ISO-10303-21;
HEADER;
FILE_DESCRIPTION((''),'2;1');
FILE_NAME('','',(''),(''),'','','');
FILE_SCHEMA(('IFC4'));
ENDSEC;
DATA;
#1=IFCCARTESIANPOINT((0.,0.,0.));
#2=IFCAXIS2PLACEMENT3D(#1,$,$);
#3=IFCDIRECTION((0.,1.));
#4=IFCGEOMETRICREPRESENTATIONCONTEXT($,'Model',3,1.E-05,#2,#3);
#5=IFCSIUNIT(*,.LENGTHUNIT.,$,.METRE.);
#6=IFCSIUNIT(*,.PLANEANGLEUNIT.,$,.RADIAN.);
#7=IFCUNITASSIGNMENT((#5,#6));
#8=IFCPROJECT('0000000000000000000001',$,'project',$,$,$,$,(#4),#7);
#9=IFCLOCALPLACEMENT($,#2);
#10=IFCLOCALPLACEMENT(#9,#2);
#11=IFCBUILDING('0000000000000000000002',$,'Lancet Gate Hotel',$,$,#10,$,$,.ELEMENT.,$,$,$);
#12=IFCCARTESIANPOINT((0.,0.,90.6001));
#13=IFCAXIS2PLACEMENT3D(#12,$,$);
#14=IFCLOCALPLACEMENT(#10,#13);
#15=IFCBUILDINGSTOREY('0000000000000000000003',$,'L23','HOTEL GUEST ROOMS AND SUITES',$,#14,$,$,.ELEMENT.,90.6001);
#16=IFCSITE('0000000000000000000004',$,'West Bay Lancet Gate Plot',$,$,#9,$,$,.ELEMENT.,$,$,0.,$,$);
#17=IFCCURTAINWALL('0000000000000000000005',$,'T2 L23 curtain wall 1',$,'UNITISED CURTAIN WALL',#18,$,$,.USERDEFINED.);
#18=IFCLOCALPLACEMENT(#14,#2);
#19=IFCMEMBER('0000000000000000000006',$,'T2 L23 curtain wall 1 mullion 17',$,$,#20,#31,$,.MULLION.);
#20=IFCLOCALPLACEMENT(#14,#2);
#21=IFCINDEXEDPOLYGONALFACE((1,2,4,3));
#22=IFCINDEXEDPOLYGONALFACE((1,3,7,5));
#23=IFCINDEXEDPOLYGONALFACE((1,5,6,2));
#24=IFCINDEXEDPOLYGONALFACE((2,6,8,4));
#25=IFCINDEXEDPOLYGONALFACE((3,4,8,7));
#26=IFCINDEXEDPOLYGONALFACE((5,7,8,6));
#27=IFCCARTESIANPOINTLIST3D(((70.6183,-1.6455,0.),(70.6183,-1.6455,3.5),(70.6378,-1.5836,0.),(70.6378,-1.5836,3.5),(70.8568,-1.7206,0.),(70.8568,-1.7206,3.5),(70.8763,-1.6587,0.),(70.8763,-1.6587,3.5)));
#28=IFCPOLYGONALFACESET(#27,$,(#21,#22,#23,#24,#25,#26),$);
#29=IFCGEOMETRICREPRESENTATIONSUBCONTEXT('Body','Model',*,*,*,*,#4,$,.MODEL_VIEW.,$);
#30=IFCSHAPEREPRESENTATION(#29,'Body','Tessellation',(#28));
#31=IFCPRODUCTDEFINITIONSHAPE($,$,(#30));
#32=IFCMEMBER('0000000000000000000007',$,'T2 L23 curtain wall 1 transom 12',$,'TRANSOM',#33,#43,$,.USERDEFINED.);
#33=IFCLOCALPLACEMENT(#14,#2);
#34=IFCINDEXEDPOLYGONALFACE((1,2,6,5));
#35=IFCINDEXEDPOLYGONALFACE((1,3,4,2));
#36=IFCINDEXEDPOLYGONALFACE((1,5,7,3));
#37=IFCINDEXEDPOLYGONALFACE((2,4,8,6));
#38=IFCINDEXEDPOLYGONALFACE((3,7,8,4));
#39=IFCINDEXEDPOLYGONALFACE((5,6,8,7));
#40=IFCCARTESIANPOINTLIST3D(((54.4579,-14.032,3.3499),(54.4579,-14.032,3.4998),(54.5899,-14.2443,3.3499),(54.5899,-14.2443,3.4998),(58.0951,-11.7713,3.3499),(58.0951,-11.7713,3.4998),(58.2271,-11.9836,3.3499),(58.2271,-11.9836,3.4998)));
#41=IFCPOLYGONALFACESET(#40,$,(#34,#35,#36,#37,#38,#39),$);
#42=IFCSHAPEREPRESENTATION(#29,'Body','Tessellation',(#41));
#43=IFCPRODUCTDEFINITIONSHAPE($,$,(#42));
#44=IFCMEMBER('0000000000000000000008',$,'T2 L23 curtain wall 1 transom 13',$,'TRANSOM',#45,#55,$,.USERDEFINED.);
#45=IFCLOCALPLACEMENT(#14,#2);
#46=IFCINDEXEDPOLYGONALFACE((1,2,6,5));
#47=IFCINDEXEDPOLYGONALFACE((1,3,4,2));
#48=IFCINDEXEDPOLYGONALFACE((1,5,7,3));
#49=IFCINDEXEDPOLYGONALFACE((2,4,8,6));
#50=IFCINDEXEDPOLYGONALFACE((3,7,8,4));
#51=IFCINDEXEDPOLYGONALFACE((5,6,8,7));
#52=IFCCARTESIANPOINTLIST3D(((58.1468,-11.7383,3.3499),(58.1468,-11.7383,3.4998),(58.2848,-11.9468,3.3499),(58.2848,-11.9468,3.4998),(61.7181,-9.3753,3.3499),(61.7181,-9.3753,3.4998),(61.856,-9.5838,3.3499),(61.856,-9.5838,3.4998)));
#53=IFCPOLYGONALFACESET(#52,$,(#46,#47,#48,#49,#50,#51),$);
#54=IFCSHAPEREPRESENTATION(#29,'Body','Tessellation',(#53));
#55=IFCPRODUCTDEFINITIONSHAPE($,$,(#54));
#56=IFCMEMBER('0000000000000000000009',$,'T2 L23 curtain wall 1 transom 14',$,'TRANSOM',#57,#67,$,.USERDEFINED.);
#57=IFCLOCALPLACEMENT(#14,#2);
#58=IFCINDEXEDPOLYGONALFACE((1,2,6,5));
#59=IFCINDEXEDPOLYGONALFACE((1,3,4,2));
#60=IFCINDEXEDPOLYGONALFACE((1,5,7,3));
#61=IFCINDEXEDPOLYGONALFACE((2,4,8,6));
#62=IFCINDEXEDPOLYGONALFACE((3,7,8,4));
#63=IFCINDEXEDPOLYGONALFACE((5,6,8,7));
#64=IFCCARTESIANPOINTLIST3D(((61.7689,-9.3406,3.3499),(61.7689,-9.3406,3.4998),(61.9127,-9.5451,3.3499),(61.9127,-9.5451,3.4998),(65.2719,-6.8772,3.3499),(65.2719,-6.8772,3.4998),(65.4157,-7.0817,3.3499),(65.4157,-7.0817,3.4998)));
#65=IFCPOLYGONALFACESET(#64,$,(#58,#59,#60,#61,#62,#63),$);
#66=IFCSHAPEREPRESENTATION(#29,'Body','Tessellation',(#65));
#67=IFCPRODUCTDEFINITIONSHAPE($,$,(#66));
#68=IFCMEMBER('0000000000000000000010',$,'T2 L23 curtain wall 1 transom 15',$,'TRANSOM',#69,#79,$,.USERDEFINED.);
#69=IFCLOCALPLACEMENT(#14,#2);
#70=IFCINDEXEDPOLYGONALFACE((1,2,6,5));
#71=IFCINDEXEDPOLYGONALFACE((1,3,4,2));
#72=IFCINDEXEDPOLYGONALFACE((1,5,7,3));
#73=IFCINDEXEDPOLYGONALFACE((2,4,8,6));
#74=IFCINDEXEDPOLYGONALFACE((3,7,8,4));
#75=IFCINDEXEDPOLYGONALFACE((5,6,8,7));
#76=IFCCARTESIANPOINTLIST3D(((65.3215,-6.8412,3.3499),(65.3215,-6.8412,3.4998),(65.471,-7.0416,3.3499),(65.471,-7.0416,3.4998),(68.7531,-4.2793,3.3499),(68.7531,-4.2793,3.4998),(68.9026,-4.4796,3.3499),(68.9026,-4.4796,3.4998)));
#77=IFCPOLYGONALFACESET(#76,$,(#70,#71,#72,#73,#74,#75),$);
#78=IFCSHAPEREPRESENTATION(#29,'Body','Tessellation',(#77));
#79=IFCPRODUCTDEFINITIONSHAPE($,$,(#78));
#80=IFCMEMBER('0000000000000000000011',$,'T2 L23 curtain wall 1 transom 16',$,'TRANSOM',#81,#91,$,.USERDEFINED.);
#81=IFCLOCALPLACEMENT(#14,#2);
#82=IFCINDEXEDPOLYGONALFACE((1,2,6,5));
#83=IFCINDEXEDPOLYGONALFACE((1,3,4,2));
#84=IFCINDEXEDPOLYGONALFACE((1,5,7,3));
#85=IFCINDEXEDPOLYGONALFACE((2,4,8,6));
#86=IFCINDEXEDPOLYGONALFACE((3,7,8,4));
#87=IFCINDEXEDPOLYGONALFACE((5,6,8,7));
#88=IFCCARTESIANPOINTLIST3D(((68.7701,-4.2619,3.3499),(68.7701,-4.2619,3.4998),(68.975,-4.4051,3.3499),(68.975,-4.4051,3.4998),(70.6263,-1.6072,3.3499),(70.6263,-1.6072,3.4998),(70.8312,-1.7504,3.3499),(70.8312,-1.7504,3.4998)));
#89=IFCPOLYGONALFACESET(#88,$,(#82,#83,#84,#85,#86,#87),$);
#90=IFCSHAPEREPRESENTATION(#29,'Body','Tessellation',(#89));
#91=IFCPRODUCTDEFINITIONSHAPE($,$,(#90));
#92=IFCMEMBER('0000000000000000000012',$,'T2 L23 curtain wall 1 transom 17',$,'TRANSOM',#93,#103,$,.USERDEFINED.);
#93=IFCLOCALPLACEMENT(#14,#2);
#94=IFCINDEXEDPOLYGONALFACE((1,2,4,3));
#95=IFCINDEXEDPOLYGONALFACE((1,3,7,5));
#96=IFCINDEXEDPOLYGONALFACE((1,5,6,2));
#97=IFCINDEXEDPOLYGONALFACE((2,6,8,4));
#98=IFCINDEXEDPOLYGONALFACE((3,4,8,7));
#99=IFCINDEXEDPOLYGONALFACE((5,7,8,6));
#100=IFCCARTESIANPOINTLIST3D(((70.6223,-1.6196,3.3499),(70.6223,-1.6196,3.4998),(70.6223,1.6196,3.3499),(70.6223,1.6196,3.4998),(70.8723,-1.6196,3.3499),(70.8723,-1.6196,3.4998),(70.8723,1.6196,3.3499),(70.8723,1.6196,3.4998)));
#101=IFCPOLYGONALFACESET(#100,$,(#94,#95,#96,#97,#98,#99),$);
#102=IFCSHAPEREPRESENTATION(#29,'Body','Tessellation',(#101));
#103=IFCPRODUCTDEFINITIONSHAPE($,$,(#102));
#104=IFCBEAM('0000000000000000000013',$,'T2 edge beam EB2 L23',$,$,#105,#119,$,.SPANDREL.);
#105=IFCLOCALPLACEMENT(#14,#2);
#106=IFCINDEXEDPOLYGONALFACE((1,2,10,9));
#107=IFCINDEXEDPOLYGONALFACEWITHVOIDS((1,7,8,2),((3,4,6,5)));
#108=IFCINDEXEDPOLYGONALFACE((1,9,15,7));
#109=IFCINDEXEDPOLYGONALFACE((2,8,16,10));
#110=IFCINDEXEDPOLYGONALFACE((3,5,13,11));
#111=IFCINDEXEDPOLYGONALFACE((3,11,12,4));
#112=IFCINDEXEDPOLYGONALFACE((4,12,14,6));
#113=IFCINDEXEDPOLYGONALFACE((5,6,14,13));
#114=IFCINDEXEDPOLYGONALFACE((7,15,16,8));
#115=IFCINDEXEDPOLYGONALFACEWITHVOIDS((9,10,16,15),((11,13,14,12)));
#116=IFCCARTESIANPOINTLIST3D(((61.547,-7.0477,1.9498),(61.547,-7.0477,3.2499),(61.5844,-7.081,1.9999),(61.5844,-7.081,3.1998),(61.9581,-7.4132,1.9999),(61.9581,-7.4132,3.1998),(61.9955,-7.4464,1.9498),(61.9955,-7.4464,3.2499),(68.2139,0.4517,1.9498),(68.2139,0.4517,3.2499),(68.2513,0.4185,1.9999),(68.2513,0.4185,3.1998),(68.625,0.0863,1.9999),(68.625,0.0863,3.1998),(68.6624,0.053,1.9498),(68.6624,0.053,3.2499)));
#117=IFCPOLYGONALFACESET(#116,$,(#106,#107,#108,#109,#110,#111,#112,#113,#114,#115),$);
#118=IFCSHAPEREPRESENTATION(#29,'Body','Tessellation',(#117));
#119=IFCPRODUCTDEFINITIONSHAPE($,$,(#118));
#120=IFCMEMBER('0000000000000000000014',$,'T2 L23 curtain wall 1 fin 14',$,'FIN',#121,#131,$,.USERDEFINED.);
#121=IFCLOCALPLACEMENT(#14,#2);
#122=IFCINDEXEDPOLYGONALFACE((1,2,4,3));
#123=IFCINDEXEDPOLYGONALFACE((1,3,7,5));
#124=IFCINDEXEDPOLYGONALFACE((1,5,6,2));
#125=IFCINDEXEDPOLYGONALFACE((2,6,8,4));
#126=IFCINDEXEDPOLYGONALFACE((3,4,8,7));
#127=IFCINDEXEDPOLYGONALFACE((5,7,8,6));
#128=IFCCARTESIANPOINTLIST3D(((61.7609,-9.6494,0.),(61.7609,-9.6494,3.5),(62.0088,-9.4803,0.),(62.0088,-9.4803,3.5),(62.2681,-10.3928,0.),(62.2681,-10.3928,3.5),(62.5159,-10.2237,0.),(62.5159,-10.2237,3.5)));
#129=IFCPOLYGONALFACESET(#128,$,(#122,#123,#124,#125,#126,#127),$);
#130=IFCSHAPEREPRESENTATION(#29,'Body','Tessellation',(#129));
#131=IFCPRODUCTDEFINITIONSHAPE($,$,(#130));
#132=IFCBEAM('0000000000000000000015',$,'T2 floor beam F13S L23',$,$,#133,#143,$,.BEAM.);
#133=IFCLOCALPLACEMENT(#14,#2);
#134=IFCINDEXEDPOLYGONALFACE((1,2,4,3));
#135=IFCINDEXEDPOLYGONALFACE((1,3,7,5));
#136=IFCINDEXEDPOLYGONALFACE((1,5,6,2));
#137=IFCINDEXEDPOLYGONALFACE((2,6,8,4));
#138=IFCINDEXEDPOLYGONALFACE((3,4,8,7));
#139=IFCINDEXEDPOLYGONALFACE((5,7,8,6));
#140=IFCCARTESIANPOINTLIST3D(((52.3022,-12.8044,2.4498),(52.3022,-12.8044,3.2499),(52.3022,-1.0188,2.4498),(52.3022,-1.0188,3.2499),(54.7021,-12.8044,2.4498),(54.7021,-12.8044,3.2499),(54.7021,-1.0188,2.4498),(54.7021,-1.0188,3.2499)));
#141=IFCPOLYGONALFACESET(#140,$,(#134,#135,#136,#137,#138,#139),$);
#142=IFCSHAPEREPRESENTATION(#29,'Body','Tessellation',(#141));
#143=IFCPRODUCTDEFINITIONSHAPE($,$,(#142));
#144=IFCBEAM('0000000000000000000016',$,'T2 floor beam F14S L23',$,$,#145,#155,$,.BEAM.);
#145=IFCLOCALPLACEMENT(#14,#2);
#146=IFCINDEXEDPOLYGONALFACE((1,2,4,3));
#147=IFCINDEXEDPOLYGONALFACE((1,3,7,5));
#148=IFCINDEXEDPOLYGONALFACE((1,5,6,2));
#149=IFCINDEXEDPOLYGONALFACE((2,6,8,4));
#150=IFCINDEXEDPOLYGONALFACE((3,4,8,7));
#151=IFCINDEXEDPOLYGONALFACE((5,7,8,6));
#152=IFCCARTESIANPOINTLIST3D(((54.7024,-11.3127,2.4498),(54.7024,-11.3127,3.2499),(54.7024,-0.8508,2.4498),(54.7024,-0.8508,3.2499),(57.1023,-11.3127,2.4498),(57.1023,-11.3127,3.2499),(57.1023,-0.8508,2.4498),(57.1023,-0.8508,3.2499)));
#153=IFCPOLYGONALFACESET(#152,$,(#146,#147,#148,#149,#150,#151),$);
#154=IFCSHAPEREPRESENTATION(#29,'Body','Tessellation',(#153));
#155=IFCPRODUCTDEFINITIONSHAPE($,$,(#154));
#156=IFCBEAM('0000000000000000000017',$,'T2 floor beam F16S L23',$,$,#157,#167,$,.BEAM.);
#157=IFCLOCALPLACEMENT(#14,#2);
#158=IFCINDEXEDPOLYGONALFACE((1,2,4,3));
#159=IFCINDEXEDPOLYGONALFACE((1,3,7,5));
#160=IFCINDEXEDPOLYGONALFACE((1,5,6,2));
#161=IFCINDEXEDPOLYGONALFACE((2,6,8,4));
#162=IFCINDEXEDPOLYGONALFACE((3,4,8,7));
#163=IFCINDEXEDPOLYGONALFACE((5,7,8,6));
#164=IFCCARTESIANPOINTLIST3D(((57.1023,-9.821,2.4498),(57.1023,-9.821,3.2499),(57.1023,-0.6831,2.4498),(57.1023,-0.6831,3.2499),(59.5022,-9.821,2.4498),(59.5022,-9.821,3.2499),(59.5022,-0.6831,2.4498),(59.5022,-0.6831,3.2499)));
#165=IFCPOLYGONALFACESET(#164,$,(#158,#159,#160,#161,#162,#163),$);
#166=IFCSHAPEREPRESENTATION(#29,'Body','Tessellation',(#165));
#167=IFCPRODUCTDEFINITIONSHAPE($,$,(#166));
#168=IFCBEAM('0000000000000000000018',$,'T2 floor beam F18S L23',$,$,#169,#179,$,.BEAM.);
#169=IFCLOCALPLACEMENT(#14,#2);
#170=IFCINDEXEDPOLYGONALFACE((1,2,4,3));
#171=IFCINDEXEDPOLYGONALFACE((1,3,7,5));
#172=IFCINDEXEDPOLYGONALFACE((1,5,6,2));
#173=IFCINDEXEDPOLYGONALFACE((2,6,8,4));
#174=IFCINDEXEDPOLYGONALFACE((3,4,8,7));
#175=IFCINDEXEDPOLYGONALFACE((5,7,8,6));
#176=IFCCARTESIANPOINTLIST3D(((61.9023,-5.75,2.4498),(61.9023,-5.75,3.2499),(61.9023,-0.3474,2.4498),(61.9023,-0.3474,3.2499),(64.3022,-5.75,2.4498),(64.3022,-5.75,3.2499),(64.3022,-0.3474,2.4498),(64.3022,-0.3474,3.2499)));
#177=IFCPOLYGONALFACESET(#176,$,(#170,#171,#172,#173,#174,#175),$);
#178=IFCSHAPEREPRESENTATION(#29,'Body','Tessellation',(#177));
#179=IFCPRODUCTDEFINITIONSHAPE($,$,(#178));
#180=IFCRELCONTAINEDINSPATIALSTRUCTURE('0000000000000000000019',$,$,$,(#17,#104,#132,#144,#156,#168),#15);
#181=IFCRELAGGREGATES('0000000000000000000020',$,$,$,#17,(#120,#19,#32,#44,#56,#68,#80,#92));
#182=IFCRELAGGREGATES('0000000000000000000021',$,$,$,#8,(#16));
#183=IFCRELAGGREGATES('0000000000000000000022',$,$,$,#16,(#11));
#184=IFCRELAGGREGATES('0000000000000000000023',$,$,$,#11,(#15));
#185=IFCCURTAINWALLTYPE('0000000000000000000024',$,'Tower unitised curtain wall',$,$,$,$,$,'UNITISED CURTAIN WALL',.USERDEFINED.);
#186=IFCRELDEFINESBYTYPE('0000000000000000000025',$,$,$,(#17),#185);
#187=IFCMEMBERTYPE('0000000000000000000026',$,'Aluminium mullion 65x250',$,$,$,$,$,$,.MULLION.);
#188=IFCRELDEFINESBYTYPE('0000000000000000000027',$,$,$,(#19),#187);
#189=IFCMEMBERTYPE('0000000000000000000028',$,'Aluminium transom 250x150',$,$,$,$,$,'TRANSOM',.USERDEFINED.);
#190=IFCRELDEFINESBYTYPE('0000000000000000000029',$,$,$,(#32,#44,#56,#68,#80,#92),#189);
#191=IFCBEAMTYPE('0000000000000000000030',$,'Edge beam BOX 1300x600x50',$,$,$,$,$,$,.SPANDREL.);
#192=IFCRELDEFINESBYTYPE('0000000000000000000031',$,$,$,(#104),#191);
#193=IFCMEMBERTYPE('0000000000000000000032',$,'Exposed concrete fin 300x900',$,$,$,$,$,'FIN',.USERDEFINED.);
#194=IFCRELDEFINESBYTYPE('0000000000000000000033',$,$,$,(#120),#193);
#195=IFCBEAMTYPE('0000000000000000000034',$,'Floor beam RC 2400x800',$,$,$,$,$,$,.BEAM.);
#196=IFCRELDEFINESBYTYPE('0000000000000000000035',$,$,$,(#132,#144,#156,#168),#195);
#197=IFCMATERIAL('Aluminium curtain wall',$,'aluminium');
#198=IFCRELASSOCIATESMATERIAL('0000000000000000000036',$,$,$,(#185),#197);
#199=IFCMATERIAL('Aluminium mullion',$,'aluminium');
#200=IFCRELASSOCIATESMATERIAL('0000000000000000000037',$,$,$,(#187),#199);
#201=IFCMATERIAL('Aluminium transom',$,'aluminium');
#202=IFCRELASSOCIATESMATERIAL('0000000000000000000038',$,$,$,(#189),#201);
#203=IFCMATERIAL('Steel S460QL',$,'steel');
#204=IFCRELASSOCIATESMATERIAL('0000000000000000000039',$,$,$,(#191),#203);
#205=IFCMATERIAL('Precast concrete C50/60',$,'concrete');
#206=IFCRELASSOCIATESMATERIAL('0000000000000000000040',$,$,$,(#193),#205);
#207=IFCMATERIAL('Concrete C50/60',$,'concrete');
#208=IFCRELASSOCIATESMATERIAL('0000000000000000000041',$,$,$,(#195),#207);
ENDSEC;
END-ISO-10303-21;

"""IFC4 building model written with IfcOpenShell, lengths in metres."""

from ifc_helpers import new_model, si_unit, direction, frame, origin, origin_2d, place, context, subcontext, project, spatial, rectangle, hollow_rectangle, extrude, material, material_profile, profile_set, type_object, element, aggregate, save


model = new_model("IFC4")

# Units and contexts
model_context = context("Model", 3, precision=1e-05, world=origin(), true_north=direction((0.0, 1.0)))
body_context = subcontext(model_context, "Body", "Model", "MODEL_VIEW")
ifc_project = project(units=[si_unit("LENGTHUNIT", "METRE"), si_unit("PLANEANGLEUNIT", "RADIAN")], contexts=[model_context])

# Site, building, storey
site_placement = place(None, origin())
site = spatial("IfcSite", under=ifc_project, at=site_placement, Name="West Bay Lancet Gate Plot", CompositionType="ELEMENT", RefElevation=0.0)
building_placement = place(site_placement, origin())
building = spatial("IfcBuilding", under=site, at=building_placement, Name="Lancet Gate Hotel", CompositionType="ELEMENT")
storey_placement = place(building_placement, frame((0.0, 0.0, 90.6001)))
storey = spatial("IfcBuildingStorey", under=building, at=storey_placement, Name="L23", Description="HOTEL GUEST ROOMS AND SUITES", CompositionType="ELEMENT", Elevation=90.6001)

# Curtain wall, members
ifc_material_1 = material(Name="Aluminium curtain wall", Category="aluminium")
curtain_wall_type = type_object("IfcCurtainWallType", Name="Tower unitised curtain wall", ElementType="UNITISED CURTAIN WALL", PredefinedType="USERDEFINED", material=ifc_material_1)
curtain_wall_placement = place(storey_placement, origin())
curtain_wall = element("IfcCurtainWall", 1, at=curtain_wall_placement, inside=storey, type_object=curtain_wall_type, Name="T2 L23 curtain wall 1", ObjectType="UNITISED CURTAIN WALL", PredefinedType="USERDEFINED")
ifc_material_2 = material(Name="Aluminium mullion", Category="aluminium")
ifc_material_profile_1 = material_profile(ifc_material_2, rectangle(XDim=0.0649, YDim=0.25, at=origin_2d()), Name="MULLION 65x250")
ifc_profile_set_1 = profile_set([ifc_material_profile_1], Name="Aluminium mullion")
member_type_1 = type_object("IfcMemberType", Name="Aluminium mullion 65x250", PredefinedType="MULLION", material=ifc_profile_set_1)
member_1_placement = place(storey_placement, frame((70.7473, -1.6521, 0.0), z_axis=(0.0, 0.0, 1.0), x_axis=(0.300385, 0.953818, 0.0)))
member_1 = element("IfcMember", 2, at=member_1_placement, type_object=member_type_1, Name="T2 L23 curtain wall 1 mullion 17", PredefinedType="MULLION", context=body_context, shape_type="SweptSolid", body=[
    extrude(rectangle(XDim=0.0649, YDim=0.25, at=origin_2d()), origin(), (0.0, 0.0, 1.0), 3.5),
])
ifc_material_3 = material(Name="Aluminium transom", Category="aluminium")
ifc_material_profile_2 = material_profile(ifc_material_3, rectangle(XDim=0.25, YDim=0.1499, at=origin_2d()), Name="TRANSOM 250x150")
ifc_profile_set_2 = profile_set([ifc_material_profile_2], Name="Aluminium transom")
member_type_2 = type_object("IfcMemberType", Name="Aluminium transom 250x150", ElementType="TRANSOM", PredefinedType="USERDEFINED", material=ifc_profile_set_2)
member_2_placement = place(storey_placement, frame((54.5239, -14.1382, 3.4248), z_axis=(0.849309, 0.527896, 0.0), x_axis=(-0.527896, 0.849309, 0.0)))
member_2 = element("IfcMember", 3, at=member_2_placement, type_object=member_type_2, Name="T2 L23 curtain wall 1 transom 12", ObjectType="TRANSOM", PredefinedType="USERDEFINED", context=body_context, shape_type="SweptSolid", body=[
    extrude(rectangle(XDim=0.25, YDim=0.1499, at=origin_2d()), origin(), (0.0, 0.0, 1.0), 4.2825),
])
member_3_placement = place(storey_placement, frame((58.2158, -11.8425, 3.4248), z_axis=(0.833966, 0.551816, 0.0), x_axis=(-0.551816, 0.833966, 0.0)))
member_3 = element("IfcMember", 4, at=member_3_placement, type_object=member_type_2, Name="T2 L23 curtain wall 1 transom 13", ObjectType="TRANSOM", PredefinedType="USERDEFINED", context=body_context, shape_type="SweptSolid", body=[
    extrude(rectangle(XDim=0.25, YDim=0.1499, at=origin_2d()), origin(), (0.0, 0.0, 1.0), 4.2822),
])
member_4_placement = place(storey_placement, frame((61.8408, -9.4429, 3.4248), z_axis=(0.817987, 0.575236, 0.0), x_axis=(-0.575236, 0.817987, 0.0)))
member_4 = element("IfcMember", 5, at=member_4_placement, type_object=member_type_2, Name="T2 L23 curtain wall 1 transom 14", ObjectType="TRANSOM", PredefinedType="USERDEFINED", context=body_context, shape_type="SweptSolid", body=[
    extrude(rectangle(XDim=0.25, YDim=0.1499, at=origin_2d()), origin(), (0.0, 0.0, 1.0), 4.2825),
])
member_5_placement = place(storey_placement, frame((65.3962, -6.9414, 3.4248), z_axis=(0.801312, 0.598247, 0.0), x_axis=(-0.598247, 0.801312, 0.0)))
member_5 = element("IfcMember", 6, at=member_5_placement, type_object=member_type_2, Name="T2 L23 curtain wall 1 transom 15", ObjectType="TRANSOM", PredefinedType="USERDEFINED", context=body_context, shape_type="SweptSolid", body=[
    extrude(rectangle(XDim=0.25, YDim=0.1499, at=origin_2d()), origin(), (0.0, 0.0, 1.0), 4.2825),
])
member_6_placement = place(storey_placement, frame((68.8726, -4.3335, 3.4248), z_axis=(0.573017, 0.819543, 0.0), x_axis=(-0.819543, 0.573017, 0.0)))
member_6 = element("IfcMember", 7, at=member_6_placement, type_object=member_type_2, Name="T2 L23 curtain wall 1 transom 16", ObjectType="TRANSOM", PredefinedType="USERDEFINED", context=body_context, shape_type="SweptSolid", body=[
    extrude(rectangle(XDim=0.25, YDim=0.1499, at=origin_2d()), origin(), (0.0, 0.0, 1.0), 3.2393),
])
member_7_placement = place(storey_placement, frame((70.7473, -1.6196, 3.4248), z_axis=(0.0, 1.0, 0.0), x_axis=(-1.0, 0.0, 0.0)))
member_7 = element("IfcMember", 8, at=member_7_placement, type_object=member_type_2, Name="T2 L23 curtain wall 1 transom 17", ObjectType="TRANSOM", PredefinedType="USERDEFINED", context=body_context, shape_type="SweptSolid", body=[
    extrude(rectangle(XDim=0.25, YDim=0.1499, at=origin_2d()), origin(), (0.0, 0.0, 1.0), 3.2393),
])

# Beam
ifc_material_4 = material(Name="Steel S460QL", Category="steel")
ifc_material_profile_3 = material_profile(ifc_material_4, hollow_rectangle(XDim=0.6001, YDim=1.3, WallThickness=0.05, at=origin_2d()), Name="BOX 1300x600x50")
ifc_profile_set_3 = profile_set([ifc_material_profile_3], Name="Steel S460QL")
beam_type_1 = type_object("IfcBeamType", Name="Edge beam BOX 1300x600x50", PredefinedType="SPANDREL", material=ifc_profile_set_3)
beam_1_placement = place(storey_placement, frame((61.7712, -7.2471, 2.5999), z_axis=(0.664406, 0.747372, 0.0), x_axis=(-0.747372, 0.664406, 0.0)))
element("IfcBeam", 9, at=beam_1_placement, inside=storey, type_object=beam_type_1, Name="T2 edge beam EB2 L23", PredefinedType="SPANDREL", context=body_context, shape_type="SweptSolid", body=[
    extrude(hollow_rectangle(XDim=0.6001, YDim=1.3, WallThickness=0.05, at=origin_2d()), origin(), (0.0, 0.0, 1.0), 10.0344),
])

# Member
ifc_material_5 = material(Name="Precast concrete C50/60", Category="concrete")
ifc_material_profile_4 = material_profile(ifc_material_5, rectangle(XDim=0.3, YDim=0.8999, at=origin_2d()), Name="FIN 300x900")
ifc_profile_set_4 = profile_set([ifc_material_profile_4], Name="Precast concrete C50/60")
member_type_3 = type_object("IfcMemberType", Name="Exposed concrete fin 300x900", ElementType="FIN", PredefinedType="USERDEFINED", material=ifc_profile_set_4)
member_8_placement = place(storey_placement, frame((62.1384, -9.9365, 0.0), z_axis=(0.0, 0.0, 1.0), x_axis=(0.826066, 0.563574, 0.0)))
member_8 = element("IfcMember", 10, at=member_8_placement, type_object=member_type_3, Name="T2 L23 curtain wall 1 fin 14", ObjectType="FIN", PredefinedType="USERDEFINED", context=body_context, shape_type="SweptSolid", body=[
    extrude(rectangle(XDim=0.3, YDim=0.8999, at=origin_2d()), origin(), (0.0, 0.0, 1.0), 3.5),
])

# Beams
ifc_material_6 = material(Name="Concrete C50/60", Category="concrete")
ifc_material_profile_5 = material_profile(ifc_material_6, rectangle(XDim=2.3999, YDim=0.8, at=origin_2d()), Name="RC 2400x800")
ifc_profile_set_5 = profile_set([ifc_material_profile_5], Name="Concrete C50/60")
beam_type_2 = type_object("IfcBeamType", Name="Floor beam RC 2400x800", PredefinedType="BEAM", material=ifc_profile_set_5)
beam_2_placement = place(storey_placement, frame((53.5022, -12.8044, 2.8499), z_axis=(0.0, 1.0, 0.0), x_axis=(-1.0, 0.0, 0.0)))
element("IfcBeam", 11, at=beam_2_placement, inside=storey, type_object=beam_type_2, Name="T2 floor beam F13S L23", PredefinedType="BEAM", context=body_context, shape_type="SweptSolid", body=[
    extrude(rectangle(XDim=2.3999, YDim=0.8, at=origin_2d()), origin(), (0.0, 0.0, 1.0), 11.7856),
])
beam_3_placement = place(storey_placement, frame((55.9023, -11.3127, 2.8499), z_axis=(0.0, 1.0, 0.0), x_axis=(-1.0, 0.0, 0.0)))
element("IfcBeam", 12, at=beam_3_placement, inside=storey, type_object=beam_type_2, Name="T2 floor beam F14S L23", PredefinedType="BEAM", context=body_context, shape_type="SweptSolid", body=[
    extrude(rectangle(XDim=2.3999, YDim=0.8, at=origin_2d()), origin(), (0.0, 0.0, 1.0), 10.4619),
])
beam_4_placement = place(storey_placement, frame((58.3022, -9.821, 2.8499), z_axis=(0.0, 1.0, 0.0), x_axis=(-1.0, 0.0, 0.0)))
element("IfcBeam", 13, at=beam_4_placement, inside=storey, type_object=beam_type_2, Name="T2 floor beam F16S L23", PredefinedType="BEAM", context=body_context, shape_type="SweptSolid", body=[
    extrude(rectangle(XDim=2.3999, YDim=0.8, at=origin_2d()), origin(), (0.0, 0.0, 1.0), 9.1379),
])
beam_5_placement = place(storey_placement, frame((63.1023, -5.75, 2.8499), z_axis=(0.0, 1.0, 0.0), x_axis=(-1.0, 0.0, 0.0)))
element("IfcBeam", 14, at=beam_5_placement, inside=storey, type_object=beam_type_2, Name="T2 floor beam F18S L23", PredefinedType="BEAM", context=body_context, shape_type="SweptSolid", body=[
    extrude(rectangle(XDim=2.3999, YDim=0.8, at=origin_2d()), origin(), (0.0, 0.0, 1.0), 5.4026),
])

aggregate(curtain_wall, [member_8, member_1, member_2, member_3, member_4, member_5, member_6, member_7])

save(model, "model.ifc")
